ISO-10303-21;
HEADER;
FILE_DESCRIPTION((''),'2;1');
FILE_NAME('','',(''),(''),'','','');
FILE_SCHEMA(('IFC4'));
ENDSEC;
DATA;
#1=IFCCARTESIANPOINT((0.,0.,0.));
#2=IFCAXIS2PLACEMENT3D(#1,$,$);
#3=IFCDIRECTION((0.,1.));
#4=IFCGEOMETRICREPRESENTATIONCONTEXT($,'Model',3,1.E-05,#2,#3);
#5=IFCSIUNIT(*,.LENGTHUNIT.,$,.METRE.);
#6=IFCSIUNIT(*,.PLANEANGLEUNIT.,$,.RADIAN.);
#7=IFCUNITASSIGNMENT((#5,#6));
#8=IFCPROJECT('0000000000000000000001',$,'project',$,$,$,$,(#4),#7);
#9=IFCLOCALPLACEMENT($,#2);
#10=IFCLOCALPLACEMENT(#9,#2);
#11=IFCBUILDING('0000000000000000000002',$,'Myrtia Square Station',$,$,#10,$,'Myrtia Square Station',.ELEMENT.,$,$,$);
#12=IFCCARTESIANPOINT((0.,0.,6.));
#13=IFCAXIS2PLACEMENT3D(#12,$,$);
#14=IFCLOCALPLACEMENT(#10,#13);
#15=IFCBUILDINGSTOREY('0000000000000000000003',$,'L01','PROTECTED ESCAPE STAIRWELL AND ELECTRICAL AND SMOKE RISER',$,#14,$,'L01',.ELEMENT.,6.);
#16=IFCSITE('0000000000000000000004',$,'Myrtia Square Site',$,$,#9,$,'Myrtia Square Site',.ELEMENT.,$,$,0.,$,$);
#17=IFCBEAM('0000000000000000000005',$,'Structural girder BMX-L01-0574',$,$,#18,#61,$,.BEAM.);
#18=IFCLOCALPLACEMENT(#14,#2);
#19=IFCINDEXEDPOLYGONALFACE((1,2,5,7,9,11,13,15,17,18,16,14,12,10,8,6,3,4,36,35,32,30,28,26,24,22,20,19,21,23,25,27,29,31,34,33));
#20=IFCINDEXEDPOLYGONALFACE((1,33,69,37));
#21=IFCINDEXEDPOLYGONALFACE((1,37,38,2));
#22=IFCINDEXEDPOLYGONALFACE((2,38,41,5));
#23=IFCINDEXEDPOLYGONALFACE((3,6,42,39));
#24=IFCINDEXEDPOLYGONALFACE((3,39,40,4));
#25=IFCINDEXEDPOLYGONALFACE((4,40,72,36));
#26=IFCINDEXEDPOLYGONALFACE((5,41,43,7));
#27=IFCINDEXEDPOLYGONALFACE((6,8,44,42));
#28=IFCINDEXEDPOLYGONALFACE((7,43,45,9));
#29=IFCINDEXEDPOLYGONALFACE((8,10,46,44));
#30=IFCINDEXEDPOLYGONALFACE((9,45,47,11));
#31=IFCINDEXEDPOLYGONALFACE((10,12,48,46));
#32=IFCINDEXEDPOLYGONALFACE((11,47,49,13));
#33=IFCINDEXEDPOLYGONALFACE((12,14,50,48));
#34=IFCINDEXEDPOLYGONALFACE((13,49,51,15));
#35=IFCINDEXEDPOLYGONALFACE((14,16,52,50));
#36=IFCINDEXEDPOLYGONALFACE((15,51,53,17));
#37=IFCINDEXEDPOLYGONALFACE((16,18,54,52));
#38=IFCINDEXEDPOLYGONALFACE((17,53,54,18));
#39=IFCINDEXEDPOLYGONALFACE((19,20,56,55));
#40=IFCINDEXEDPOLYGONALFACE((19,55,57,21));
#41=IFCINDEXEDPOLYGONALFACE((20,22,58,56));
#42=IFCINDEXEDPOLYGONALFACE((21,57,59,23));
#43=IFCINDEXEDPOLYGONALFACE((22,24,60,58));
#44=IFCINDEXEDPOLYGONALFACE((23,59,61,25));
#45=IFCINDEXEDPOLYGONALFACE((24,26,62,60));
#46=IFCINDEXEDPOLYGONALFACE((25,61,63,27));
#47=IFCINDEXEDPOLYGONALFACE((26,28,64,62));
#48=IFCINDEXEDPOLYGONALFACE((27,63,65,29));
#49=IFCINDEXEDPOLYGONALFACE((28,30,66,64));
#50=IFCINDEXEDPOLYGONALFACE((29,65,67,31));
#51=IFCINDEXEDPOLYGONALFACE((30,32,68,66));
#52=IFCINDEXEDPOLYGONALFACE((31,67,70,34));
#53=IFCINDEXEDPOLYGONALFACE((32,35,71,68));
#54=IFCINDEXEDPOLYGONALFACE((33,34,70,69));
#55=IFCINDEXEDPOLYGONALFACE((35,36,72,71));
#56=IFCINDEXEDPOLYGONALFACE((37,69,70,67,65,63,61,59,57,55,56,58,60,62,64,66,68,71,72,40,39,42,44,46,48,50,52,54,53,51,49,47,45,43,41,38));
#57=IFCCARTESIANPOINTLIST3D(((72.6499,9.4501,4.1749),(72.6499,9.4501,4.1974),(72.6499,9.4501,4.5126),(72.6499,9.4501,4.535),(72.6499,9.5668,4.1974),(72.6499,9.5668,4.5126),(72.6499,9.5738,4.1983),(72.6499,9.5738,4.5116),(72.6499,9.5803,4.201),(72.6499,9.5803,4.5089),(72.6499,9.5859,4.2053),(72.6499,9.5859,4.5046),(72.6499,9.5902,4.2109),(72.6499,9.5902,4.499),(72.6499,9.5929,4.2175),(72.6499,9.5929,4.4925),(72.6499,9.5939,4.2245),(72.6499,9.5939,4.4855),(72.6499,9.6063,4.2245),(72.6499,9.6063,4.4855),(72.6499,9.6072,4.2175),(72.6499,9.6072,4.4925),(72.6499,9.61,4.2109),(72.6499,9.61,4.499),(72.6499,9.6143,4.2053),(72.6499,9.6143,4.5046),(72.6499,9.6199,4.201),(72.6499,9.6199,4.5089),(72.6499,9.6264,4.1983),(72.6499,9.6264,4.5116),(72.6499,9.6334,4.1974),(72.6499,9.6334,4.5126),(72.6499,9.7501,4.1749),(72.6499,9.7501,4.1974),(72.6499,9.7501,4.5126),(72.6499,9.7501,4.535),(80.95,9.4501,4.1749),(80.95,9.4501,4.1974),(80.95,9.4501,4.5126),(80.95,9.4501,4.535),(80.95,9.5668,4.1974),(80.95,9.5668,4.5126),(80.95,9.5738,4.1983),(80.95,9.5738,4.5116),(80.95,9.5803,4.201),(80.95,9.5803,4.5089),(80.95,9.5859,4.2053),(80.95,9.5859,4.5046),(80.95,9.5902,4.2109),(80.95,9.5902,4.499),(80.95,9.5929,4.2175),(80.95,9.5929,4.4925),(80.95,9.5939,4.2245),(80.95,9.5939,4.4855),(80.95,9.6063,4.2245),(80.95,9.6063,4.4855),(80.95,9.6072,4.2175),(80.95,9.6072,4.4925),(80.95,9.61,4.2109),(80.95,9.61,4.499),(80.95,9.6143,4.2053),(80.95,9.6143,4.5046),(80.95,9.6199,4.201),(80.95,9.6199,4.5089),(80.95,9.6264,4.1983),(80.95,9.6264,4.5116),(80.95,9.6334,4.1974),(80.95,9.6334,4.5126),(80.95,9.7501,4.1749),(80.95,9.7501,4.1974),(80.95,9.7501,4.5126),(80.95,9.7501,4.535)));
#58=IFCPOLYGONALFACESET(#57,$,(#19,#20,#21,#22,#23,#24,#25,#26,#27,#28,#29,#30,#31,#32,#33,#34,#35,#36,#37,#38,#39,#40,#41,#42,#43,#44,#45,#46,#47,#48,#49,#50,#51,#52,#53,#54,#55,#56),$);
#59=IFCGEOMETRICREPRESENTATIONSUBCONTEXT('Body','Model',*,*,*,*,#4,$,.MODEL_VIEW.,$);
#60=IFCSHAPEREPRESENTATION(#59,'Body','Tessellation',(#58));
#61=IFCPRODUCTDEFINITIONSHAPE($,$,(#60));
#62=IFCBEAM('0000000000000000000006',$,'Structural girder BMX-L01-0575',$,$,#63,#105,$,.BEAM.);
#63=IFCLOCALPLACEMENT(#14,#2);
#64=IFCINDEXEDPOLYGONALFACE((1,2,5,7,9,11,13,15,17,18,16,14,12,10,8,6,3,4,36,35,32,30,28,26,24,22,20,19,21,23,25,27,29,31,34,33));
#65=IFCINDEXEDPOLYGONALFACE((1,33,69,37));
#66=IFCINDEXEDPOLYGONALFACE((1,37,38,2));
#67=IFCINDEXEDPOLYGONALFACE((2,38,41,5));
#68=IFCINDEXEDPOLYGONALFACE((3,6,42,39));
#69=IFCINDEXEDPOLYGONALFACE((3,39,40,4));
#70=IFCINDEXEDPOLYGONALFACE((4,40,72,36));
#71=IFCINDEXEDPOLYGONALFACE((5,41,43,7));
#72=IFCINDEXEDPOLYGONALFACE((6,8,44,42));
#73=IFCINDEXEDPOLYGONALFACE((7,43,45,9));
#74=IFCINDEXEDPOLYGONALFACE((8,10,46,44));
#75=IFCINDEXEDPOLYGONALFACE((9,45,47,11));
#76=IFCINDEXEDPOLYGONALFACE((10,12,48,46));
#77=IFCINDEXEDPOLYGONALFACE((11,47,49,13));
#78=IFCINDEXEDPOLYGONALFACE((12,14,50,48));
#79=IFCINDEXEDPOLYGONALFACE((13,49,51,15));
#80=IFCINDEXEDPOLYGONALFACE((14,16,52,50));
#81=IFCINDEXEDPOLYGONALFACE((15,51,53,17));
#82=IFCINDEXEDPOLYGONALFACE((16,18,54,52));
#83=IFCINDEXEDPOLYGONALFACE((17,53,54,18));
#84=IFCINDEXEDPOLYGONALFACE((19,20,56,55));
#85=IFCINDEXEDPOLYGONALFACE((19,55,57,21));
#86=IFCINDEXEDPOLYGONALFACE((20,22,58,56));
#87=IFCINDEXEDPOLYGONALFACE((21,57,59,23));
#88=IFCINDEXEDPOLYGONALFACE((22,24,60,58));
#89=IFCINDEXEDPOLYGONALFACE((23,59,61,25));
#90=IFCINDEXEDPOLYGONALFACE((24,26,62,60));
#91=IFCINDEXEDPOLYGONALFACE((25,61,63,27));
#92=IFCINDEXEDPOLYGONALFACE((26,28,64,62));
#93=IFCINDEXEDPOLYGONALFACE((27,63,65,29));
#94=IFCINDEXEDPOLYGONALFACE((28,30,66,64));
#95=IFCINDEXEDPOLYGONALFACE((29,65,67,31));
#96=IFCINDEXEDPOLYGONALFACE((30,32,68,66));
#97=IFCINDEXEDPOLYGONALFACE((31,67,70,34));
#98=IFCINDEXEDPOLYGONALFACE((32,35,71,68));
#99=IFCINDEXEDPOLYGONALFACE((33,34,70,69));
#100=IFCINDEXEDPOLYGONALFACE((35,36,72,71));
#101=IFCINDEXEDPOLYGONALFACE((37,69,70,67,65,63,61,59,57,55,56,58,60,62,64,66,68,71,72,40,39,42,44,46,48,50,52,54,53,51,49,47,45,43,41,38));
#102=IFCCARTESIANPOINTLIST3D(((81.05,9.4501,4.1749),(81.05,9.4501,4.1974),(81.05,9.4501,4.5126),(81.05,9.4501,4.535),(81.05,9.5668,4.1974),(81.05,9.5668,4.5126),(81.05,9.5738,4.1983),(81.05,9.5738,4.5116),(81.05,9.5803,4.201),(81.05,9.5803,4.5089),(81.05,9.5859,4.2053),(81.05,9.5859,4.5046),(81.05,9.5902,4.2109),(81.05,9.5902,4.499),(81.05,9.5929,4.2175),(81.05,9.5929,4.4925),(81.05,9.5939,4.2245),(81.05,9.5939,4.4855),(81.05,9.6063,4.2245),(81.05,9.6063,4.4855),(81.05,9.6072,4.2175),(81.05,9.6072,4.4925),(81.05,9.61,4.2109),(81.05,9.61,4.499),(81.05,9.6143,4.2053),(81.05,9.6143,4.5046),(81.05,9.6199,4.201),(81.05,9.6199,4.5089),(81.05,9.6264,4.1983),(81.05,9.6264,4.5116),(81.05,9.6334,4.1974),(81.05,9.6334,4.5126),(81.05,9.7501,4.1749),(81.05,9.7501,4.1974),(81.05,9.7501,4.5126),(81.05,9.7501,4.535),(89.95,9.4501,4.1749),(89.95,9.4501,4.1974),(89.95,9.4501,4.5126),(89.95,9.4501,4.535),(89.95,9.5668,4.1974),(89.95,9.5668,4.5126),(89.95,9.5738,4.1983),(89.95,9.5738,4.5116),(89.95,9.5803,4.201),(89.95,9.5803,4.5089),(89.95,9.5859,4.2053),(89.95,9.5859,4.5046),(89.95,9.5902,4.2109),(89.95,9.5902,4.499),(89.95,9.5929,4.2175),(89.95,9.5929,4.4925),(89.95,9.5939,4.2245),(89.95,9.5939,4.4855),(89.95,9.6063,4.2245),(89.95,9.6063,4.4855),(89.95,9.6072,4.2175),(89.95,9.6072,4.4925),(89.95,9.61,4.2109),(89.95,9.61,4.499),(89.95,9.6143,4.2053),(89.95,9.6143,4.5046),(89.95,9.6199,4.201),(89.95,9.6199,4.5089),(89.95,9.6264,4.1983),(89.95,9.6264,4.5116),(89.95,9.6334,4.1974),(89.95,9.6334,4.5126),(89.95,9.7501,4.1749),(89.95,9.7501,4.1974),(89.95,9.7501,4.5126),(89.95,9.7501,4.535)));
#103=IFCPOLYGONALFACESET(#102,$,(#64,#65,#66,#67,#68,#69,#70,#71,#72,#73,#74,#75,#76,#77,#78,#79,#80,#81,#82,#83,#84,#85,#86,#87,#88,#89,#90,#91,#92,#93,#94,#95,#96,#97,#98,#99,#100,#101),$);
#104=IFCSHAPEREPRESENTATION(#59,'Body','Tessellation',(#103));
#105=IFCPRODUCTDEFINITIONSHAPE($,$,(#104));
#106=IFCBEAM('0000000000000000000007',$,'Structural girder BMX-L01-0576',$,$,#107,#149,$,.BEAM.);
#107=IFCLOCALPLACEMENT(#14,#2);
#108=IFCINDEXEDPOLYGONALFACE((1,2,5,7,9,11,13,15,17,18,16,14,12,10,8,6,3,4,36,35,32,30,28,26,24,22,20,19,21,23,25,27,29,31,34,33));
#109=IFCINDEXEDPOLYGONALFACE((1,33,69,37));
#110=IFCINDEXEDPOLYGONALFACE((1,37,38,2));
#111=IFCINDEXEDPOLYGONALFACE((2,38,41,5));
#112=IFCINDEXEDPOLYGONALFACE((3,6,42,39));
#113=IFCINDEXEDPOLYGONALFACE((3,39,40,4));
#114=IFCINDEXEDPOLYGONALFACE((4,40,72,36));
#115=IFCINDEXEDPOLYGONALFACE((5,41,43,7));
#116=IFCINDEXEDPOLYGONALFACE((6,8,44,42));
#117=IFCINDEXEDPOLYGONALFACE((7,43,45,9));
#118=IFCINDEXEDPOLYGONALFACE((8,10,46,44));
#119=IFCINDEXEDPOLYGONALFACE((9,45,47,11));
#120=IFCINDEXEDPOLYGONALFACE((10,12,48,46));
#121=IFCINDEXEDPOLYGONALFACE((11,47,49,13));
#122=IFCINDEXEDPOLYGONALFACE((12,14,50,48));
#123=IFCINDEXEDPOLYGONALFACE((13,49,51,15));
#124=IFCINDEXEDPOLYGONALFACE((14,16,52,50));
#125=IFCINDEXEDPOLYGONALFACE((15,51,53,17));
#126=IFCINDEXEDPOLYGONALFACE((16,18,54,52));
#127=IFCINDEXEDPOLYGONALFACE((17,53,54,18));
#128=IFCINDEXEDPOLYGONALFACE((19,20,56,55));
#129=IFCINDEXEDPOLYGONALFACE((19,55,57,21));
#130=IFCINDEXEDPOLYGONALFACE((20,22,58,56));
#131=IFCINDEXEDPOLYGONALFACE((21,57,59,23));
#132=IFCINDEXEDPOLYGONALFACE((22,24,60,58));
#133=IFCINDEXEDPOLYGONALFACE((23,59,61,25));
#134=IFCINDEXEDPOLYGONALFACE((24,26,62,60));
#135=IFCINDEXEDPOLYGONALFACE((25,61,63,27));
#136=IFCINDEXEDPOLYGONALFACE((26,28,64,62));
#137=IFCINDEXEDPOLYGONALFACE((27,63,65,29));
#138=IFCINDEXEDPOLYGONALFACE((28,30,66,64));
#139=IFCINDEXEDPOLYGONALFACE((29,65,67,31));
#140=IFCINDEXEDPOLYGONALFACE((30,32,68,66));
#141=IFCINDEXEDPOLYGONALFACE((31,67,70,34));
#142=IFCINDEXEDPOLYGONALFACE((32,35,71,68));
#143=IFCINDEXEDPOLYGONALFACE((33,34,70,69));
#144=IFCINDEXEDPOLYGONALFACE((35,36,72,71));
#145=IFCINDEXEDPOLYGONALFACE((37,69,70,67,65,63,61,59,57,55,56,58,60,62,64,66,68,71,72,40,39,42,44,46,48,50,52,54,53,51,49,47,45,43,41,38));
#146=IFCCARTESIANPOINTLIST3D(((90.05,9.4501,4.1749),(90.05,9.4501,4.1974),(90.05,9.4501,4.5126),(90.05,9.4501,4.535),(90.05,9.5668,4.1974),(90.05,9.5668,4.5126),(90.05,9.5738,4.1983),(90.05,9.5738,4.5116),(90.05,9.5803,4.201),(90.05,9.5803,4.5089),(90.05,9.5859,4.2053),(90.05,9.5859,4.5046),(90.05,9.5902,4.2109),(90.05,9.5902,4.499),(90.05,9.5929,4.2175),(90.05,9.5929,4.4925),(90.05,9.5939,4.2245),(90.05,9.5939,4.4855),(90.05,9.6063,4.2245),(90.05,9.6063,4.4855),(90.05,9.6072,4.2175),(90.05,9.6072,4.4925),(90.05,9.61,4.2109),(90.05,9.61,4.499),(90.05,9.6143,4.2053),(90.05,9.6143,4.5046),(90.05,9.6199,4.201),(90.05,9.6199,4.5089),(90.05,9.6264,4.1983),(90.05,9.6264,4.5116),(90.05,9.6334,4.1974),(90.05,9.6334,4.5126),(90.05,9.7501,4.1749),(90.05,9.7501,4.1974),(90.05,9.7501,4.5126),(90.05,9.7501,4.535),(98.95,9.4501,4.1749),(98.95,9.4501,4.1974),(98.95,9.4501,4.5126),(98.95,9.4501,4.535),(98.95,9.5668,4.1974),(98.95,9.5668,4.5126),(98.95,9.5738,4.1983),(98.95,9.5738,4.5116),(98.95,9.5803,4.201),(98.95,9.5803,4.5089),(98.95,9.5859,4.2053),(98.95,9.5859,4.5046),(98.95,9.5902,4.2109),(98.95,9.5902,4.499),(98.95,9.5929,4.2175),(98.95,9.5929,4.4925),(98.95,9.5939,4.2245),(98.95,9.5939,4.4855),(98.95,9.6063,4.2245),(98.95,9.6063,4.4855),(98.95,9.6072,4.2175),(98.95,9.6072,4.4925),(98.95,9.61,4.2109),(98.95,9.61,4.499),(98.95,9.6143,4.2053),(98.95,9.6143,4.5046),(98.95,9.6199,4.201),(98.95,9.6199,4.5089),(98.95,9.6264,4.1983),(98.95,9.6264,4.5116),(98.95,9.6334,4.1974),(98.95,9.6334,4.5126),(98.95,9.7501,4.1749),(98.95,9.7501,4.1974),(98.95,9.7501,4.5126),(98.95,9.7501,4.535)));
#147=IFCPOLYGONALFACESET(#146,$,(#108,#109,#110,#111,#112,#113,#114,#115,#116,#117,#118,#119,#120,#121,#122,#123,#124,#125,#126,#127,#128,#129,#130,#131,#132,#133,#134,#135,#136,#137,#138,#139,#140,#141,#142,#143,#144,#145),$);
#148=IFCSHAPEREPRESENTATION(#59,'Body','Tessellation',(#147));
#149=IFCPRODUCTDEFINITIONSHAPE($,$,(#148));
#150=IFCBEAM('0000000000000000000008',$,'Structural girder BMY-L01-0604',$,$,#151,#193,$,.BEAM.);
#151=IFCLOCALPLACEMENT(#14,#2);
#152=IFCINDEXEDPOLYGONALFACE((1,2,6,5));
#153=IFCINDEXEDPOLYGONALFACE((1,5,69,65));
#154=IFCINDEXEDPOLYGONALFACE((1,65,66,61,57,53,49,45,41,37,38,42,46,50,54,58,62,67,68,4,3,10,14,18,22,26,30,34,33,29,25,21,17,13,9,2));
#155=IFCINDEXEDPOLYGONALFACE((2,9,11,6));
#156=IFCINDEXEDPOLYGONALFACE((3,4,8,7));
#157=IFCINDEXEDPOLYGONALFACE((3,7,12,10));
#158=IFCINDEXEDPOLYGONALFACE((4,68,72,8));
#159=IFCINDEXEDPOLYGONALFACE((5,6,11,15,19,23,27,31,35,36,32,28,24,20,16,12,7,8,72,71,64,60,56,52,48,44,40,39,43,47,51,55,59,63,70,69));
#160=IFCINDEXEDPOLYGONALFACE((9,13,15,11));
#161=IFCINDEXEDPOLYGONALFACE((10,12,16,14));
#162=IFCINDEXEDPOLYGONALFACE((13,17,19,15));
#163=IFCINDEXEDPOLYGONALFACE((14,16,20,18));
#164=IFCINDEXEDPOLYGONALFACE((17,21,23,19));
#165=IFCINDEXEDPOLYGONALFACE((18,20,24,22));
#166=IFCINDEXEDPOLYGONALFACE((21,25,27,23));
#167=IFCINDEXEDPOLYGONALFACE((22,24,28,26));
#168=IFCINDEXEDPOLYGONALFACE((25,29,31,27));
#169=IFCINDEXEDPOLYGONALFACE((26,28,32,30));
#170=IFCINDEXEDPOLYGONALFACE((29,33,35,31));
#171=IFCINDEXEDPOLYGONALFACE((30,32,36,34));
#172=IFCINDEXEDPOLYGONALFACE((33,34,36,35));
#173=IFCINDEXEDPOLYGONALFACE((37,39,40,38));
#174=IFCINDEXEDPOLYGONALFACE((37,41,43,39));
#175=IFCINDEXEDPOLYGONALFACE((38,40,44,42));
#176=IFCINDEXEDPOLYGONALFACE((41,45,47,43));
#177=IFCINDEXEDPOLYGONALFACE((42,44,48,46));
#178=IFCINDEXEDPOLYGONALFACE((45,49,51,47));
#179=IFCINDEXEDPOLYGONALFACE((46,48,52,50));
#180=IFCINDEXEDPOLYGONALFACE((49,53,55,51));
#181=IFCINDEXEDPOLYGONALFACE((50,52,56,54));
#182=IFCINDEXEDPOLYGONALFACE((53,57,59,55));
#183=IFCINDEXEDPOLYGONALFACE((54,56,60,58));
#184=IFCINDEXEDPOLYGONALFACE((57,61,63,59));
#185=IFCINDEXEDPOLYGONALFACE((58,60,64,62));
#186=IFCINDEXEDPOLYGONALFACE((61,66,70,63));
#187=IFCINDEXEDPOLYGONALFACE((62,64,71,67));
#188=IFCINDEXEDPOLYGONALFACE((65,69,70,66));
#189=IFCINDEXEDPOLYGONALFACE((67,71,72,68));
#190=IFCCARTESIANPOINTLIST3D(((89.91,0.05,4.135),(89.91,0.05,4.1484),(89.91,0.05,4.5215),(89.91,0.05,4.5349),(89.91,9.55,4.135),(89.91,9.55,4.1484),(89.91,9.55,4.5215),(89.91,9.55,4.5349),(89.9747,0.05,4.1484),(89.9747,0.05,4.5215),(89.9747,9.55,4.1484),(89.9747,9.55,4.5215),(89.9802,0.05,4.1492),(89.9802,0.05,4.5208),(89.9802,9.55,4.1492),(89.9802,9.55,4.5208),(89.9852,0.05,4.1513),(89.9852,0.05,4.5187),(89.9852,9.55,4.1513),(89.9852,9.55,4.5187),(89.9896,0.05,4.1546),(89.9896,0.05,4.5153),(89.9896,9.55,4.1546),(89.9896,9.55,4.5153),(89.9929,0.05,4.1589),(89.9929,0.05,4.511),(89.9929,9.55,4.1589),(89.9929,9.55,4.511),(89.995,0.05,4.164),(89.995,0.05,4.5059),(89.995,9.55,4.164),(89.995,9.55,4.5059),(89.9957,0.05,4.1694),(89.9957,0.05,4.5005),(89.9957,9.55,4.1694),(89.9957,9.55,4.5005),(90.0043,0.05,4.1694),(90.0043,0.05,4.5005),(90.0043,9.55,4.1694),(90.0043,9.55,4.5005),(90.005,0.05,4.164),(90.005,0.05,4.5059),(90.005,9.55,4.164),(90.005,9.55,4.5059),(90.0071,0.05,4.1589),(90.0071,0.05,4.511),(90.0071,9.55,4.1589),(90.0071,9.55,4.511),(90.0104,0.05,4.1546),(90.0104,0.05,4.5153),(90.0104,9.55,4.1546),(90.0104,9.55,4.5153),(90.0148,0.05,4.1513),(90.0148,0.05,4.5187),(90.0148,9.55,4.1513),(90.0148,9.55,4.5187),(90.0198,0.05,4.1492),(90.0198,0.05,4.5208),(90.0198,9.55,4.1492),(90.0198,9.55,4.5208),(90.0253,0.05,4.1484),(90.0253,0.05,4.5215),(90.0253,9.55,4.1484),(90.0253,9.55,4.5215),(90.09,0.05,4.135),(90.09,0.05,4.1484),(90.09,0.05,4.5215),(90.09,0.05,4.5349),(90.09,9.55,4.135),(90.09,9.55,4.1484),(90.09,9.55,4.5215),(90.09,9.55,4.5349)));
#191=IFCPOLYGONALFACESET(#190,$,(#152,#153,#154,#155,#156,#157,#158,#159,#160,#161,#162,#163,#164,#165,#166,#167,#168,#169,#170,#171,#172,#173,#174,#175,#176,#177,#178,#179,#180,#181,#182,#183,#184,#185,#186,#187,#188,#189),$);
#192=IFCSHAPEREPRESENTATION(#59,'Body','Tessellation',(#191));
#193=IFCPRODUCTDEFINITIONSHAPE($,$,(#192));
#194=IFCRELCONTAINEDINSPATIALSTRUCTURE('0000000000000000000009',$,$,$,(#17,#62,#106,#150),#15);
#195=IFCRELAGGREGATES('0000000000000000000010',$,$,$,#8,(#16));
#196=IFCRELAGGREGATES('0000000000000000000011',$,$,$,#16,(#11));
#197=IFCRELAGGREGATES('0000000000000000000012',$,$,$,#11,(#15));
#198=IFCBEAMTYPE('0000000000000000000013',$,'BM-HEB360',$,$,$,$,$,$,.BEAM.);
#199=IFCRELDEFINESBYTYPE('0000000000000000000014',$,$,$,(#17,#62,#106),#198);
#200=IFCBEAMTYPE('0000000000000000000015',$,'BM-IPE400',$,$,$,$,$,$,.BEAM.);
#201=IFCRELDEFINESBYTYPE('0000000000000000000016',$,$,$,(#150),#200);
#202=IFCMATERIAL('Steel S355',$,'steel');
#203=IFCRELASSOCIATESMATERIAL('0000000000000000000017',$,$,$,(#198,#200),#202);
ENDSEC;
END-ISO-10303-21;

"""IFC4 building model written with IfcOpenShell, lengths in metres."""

from ifc_helpers import new_model, si_unit, direction, frame, origin, origin_2d, place, context, subcontext, project, spatial, i_section, extrude, material, material_profile, profile_set, type_object, element, save


model = new_model("IFC4")

# Units and contexts
model_context = context("Model", 3, precision=1e-05, world=origin(), true_north=direction((0.0, 1.0)))
body_context = subcontext(model_context, "Body", "Model", "MODEL_VIEW")
ifc_project = project(units=[si_unit("LENGTHUNIT", "METRE"), si_unit("PLANEANGLEUNIT", "RADIAN")], contexts=[model_context])

# Site, building, storey
site_placement = place(None, origin())
site = spatial("IfcSite", under=ifc_project, at=site_placement, Name="Myrtia Square Site", LongName="Myrtia Square Site", CompositionType="ELEMENT", RefElevation=0.0)
building_placement = place(site_placement, origin())
building = spatial("IfcBuilding", under=site, at=building_placement, Name="Myrtia Square Station", LongName="Myrtia Square Station", CompositionType="ELEMENT")
storey_placement = place(building_placement, frame((0.0, 0.0, 6.0)))
storey = spatial("IfcBuildingStorey", under=building, at=storey_placement, Name="L01", Description="PROTECTED ESCAPE STAIRWELL AND ELECTRICAL AND SMOKE RISER", LongName="L01", CompositionType="ELEMENT", Elevation=6.0)

# Shared definitions
ifc_material_1 = material(Name="Steel S355", Category="steel")

# Beams
ifc_material_profile_1 = material_profile(ifc_material_1, i_section(OverallWidth=0.3, OverallDepth=0.3601, WebThickness=0.0125, FlangeThickness=0.0225, FilletRadius=0.0271, at=origin_2d()), Name="HEB 360")
ifc_profile_set_1 = profile_set([ifc_material_profile_1], Name="Steel S355")
beam_type_1 = type_object("IfcBeamType", Name="BM-HEB360", PredefinedType="BEAM", material=ifc_profile_set_1)
beam_1_placement = place(storey_placement, frame((72.6499, 9.6001, 4.355), z_axis=(1.0, 0.0, 0.0), x_axis=(0.0, 1.0, 0.0)))
element("IfcBeam", 1, at=beam_1_placement, inside=storey, type_object=beam_type_1, Name="Structural girder BMX-L01-0574", PredefinedType="BEAM", context=body_context, shape_type="SweptSolid", body=[
    extrude(i_section(OverallWidth=0.3, OverallDepth=0.3601, WebThickness=0.0125, FlangeThickness=0.0225, FilletRadius=0.0271, at=origin_2d()), origin(), (0.0, 0.0, 1.0), 8.3),
])
for number, where, z_axis, x_axis, name in (
    (2, (81.05, 9.6001, 4.355), (1.0, 0.0, 0.0), (0.0, 1.0, 0.0), "Structural girder BMX-L01-0575"),
    (3, (90.05, 9.6001, 4.355), (1.0, 0.0, 0.0), (0.0, 1.0, 0.0), "Structural girder BMX-L01-0576"),
):
    element("IfcBeam", number, at=place(storey_placement, frame(where, z_axis=z_axis, x_axis=x_axis)), inside=storey, type_object=beam_type_1, Name=name, PredefinedType="BEAM", context=body_context, shape_type="SweptSolid", body=[
        extrude(i_section(OverallWidth=0.3, OverallDepth=0.3601, WebThickness=0.0125, FlangeThickness=0.0225, FilletRadius=0.0271, at=origin_2d()), origin(), (0.0, 0.0, 1.0), 8.8999),
    ])
ifc_material_profile_2 = material_profile(ifc_material_1, i_section(OverallWidth=0.1799, OverallDepth=0.3999, WebThickness=0.0085, FlangeThickness=0.0134, FilletRadius=0.021, at=origin_2d()), Name="IPE 400")
ifc_profile_set_2 = profile_set([ifc_material_profile_2], Name="Steel S355")
beam_type_2 = type_object("IfcBeamType", Name="BM-IPE400", PredefinedType="BEAM", material=ifc_profile_set_2)
beam_2_placement = place(storey_placement, frame((90.0, 0.05, 4.335), z_axis=(0.0, 1.0, 0.0), x_axis=(-1.0, 0.0, 0.0)))
element("IfcBeam", 4, at=beam_2_placement, inside=storey, type_object=beam_type_2, Name="Structural girder BMY-L01-0604", PredefinedType="BEAM", context=body_context, shape_type="SweptSolid", body=[
    extrude(i_section(OverallWidth=0.1799, OverallDepth=0.3999, WebThickness=0.0085, FlangeThickness=0.0134, FilletRadius=0.021, at=origin_2d()), origin(), (0.0, 0.0, 1.0), 9.5),
])

save(model, "model.ifc")
